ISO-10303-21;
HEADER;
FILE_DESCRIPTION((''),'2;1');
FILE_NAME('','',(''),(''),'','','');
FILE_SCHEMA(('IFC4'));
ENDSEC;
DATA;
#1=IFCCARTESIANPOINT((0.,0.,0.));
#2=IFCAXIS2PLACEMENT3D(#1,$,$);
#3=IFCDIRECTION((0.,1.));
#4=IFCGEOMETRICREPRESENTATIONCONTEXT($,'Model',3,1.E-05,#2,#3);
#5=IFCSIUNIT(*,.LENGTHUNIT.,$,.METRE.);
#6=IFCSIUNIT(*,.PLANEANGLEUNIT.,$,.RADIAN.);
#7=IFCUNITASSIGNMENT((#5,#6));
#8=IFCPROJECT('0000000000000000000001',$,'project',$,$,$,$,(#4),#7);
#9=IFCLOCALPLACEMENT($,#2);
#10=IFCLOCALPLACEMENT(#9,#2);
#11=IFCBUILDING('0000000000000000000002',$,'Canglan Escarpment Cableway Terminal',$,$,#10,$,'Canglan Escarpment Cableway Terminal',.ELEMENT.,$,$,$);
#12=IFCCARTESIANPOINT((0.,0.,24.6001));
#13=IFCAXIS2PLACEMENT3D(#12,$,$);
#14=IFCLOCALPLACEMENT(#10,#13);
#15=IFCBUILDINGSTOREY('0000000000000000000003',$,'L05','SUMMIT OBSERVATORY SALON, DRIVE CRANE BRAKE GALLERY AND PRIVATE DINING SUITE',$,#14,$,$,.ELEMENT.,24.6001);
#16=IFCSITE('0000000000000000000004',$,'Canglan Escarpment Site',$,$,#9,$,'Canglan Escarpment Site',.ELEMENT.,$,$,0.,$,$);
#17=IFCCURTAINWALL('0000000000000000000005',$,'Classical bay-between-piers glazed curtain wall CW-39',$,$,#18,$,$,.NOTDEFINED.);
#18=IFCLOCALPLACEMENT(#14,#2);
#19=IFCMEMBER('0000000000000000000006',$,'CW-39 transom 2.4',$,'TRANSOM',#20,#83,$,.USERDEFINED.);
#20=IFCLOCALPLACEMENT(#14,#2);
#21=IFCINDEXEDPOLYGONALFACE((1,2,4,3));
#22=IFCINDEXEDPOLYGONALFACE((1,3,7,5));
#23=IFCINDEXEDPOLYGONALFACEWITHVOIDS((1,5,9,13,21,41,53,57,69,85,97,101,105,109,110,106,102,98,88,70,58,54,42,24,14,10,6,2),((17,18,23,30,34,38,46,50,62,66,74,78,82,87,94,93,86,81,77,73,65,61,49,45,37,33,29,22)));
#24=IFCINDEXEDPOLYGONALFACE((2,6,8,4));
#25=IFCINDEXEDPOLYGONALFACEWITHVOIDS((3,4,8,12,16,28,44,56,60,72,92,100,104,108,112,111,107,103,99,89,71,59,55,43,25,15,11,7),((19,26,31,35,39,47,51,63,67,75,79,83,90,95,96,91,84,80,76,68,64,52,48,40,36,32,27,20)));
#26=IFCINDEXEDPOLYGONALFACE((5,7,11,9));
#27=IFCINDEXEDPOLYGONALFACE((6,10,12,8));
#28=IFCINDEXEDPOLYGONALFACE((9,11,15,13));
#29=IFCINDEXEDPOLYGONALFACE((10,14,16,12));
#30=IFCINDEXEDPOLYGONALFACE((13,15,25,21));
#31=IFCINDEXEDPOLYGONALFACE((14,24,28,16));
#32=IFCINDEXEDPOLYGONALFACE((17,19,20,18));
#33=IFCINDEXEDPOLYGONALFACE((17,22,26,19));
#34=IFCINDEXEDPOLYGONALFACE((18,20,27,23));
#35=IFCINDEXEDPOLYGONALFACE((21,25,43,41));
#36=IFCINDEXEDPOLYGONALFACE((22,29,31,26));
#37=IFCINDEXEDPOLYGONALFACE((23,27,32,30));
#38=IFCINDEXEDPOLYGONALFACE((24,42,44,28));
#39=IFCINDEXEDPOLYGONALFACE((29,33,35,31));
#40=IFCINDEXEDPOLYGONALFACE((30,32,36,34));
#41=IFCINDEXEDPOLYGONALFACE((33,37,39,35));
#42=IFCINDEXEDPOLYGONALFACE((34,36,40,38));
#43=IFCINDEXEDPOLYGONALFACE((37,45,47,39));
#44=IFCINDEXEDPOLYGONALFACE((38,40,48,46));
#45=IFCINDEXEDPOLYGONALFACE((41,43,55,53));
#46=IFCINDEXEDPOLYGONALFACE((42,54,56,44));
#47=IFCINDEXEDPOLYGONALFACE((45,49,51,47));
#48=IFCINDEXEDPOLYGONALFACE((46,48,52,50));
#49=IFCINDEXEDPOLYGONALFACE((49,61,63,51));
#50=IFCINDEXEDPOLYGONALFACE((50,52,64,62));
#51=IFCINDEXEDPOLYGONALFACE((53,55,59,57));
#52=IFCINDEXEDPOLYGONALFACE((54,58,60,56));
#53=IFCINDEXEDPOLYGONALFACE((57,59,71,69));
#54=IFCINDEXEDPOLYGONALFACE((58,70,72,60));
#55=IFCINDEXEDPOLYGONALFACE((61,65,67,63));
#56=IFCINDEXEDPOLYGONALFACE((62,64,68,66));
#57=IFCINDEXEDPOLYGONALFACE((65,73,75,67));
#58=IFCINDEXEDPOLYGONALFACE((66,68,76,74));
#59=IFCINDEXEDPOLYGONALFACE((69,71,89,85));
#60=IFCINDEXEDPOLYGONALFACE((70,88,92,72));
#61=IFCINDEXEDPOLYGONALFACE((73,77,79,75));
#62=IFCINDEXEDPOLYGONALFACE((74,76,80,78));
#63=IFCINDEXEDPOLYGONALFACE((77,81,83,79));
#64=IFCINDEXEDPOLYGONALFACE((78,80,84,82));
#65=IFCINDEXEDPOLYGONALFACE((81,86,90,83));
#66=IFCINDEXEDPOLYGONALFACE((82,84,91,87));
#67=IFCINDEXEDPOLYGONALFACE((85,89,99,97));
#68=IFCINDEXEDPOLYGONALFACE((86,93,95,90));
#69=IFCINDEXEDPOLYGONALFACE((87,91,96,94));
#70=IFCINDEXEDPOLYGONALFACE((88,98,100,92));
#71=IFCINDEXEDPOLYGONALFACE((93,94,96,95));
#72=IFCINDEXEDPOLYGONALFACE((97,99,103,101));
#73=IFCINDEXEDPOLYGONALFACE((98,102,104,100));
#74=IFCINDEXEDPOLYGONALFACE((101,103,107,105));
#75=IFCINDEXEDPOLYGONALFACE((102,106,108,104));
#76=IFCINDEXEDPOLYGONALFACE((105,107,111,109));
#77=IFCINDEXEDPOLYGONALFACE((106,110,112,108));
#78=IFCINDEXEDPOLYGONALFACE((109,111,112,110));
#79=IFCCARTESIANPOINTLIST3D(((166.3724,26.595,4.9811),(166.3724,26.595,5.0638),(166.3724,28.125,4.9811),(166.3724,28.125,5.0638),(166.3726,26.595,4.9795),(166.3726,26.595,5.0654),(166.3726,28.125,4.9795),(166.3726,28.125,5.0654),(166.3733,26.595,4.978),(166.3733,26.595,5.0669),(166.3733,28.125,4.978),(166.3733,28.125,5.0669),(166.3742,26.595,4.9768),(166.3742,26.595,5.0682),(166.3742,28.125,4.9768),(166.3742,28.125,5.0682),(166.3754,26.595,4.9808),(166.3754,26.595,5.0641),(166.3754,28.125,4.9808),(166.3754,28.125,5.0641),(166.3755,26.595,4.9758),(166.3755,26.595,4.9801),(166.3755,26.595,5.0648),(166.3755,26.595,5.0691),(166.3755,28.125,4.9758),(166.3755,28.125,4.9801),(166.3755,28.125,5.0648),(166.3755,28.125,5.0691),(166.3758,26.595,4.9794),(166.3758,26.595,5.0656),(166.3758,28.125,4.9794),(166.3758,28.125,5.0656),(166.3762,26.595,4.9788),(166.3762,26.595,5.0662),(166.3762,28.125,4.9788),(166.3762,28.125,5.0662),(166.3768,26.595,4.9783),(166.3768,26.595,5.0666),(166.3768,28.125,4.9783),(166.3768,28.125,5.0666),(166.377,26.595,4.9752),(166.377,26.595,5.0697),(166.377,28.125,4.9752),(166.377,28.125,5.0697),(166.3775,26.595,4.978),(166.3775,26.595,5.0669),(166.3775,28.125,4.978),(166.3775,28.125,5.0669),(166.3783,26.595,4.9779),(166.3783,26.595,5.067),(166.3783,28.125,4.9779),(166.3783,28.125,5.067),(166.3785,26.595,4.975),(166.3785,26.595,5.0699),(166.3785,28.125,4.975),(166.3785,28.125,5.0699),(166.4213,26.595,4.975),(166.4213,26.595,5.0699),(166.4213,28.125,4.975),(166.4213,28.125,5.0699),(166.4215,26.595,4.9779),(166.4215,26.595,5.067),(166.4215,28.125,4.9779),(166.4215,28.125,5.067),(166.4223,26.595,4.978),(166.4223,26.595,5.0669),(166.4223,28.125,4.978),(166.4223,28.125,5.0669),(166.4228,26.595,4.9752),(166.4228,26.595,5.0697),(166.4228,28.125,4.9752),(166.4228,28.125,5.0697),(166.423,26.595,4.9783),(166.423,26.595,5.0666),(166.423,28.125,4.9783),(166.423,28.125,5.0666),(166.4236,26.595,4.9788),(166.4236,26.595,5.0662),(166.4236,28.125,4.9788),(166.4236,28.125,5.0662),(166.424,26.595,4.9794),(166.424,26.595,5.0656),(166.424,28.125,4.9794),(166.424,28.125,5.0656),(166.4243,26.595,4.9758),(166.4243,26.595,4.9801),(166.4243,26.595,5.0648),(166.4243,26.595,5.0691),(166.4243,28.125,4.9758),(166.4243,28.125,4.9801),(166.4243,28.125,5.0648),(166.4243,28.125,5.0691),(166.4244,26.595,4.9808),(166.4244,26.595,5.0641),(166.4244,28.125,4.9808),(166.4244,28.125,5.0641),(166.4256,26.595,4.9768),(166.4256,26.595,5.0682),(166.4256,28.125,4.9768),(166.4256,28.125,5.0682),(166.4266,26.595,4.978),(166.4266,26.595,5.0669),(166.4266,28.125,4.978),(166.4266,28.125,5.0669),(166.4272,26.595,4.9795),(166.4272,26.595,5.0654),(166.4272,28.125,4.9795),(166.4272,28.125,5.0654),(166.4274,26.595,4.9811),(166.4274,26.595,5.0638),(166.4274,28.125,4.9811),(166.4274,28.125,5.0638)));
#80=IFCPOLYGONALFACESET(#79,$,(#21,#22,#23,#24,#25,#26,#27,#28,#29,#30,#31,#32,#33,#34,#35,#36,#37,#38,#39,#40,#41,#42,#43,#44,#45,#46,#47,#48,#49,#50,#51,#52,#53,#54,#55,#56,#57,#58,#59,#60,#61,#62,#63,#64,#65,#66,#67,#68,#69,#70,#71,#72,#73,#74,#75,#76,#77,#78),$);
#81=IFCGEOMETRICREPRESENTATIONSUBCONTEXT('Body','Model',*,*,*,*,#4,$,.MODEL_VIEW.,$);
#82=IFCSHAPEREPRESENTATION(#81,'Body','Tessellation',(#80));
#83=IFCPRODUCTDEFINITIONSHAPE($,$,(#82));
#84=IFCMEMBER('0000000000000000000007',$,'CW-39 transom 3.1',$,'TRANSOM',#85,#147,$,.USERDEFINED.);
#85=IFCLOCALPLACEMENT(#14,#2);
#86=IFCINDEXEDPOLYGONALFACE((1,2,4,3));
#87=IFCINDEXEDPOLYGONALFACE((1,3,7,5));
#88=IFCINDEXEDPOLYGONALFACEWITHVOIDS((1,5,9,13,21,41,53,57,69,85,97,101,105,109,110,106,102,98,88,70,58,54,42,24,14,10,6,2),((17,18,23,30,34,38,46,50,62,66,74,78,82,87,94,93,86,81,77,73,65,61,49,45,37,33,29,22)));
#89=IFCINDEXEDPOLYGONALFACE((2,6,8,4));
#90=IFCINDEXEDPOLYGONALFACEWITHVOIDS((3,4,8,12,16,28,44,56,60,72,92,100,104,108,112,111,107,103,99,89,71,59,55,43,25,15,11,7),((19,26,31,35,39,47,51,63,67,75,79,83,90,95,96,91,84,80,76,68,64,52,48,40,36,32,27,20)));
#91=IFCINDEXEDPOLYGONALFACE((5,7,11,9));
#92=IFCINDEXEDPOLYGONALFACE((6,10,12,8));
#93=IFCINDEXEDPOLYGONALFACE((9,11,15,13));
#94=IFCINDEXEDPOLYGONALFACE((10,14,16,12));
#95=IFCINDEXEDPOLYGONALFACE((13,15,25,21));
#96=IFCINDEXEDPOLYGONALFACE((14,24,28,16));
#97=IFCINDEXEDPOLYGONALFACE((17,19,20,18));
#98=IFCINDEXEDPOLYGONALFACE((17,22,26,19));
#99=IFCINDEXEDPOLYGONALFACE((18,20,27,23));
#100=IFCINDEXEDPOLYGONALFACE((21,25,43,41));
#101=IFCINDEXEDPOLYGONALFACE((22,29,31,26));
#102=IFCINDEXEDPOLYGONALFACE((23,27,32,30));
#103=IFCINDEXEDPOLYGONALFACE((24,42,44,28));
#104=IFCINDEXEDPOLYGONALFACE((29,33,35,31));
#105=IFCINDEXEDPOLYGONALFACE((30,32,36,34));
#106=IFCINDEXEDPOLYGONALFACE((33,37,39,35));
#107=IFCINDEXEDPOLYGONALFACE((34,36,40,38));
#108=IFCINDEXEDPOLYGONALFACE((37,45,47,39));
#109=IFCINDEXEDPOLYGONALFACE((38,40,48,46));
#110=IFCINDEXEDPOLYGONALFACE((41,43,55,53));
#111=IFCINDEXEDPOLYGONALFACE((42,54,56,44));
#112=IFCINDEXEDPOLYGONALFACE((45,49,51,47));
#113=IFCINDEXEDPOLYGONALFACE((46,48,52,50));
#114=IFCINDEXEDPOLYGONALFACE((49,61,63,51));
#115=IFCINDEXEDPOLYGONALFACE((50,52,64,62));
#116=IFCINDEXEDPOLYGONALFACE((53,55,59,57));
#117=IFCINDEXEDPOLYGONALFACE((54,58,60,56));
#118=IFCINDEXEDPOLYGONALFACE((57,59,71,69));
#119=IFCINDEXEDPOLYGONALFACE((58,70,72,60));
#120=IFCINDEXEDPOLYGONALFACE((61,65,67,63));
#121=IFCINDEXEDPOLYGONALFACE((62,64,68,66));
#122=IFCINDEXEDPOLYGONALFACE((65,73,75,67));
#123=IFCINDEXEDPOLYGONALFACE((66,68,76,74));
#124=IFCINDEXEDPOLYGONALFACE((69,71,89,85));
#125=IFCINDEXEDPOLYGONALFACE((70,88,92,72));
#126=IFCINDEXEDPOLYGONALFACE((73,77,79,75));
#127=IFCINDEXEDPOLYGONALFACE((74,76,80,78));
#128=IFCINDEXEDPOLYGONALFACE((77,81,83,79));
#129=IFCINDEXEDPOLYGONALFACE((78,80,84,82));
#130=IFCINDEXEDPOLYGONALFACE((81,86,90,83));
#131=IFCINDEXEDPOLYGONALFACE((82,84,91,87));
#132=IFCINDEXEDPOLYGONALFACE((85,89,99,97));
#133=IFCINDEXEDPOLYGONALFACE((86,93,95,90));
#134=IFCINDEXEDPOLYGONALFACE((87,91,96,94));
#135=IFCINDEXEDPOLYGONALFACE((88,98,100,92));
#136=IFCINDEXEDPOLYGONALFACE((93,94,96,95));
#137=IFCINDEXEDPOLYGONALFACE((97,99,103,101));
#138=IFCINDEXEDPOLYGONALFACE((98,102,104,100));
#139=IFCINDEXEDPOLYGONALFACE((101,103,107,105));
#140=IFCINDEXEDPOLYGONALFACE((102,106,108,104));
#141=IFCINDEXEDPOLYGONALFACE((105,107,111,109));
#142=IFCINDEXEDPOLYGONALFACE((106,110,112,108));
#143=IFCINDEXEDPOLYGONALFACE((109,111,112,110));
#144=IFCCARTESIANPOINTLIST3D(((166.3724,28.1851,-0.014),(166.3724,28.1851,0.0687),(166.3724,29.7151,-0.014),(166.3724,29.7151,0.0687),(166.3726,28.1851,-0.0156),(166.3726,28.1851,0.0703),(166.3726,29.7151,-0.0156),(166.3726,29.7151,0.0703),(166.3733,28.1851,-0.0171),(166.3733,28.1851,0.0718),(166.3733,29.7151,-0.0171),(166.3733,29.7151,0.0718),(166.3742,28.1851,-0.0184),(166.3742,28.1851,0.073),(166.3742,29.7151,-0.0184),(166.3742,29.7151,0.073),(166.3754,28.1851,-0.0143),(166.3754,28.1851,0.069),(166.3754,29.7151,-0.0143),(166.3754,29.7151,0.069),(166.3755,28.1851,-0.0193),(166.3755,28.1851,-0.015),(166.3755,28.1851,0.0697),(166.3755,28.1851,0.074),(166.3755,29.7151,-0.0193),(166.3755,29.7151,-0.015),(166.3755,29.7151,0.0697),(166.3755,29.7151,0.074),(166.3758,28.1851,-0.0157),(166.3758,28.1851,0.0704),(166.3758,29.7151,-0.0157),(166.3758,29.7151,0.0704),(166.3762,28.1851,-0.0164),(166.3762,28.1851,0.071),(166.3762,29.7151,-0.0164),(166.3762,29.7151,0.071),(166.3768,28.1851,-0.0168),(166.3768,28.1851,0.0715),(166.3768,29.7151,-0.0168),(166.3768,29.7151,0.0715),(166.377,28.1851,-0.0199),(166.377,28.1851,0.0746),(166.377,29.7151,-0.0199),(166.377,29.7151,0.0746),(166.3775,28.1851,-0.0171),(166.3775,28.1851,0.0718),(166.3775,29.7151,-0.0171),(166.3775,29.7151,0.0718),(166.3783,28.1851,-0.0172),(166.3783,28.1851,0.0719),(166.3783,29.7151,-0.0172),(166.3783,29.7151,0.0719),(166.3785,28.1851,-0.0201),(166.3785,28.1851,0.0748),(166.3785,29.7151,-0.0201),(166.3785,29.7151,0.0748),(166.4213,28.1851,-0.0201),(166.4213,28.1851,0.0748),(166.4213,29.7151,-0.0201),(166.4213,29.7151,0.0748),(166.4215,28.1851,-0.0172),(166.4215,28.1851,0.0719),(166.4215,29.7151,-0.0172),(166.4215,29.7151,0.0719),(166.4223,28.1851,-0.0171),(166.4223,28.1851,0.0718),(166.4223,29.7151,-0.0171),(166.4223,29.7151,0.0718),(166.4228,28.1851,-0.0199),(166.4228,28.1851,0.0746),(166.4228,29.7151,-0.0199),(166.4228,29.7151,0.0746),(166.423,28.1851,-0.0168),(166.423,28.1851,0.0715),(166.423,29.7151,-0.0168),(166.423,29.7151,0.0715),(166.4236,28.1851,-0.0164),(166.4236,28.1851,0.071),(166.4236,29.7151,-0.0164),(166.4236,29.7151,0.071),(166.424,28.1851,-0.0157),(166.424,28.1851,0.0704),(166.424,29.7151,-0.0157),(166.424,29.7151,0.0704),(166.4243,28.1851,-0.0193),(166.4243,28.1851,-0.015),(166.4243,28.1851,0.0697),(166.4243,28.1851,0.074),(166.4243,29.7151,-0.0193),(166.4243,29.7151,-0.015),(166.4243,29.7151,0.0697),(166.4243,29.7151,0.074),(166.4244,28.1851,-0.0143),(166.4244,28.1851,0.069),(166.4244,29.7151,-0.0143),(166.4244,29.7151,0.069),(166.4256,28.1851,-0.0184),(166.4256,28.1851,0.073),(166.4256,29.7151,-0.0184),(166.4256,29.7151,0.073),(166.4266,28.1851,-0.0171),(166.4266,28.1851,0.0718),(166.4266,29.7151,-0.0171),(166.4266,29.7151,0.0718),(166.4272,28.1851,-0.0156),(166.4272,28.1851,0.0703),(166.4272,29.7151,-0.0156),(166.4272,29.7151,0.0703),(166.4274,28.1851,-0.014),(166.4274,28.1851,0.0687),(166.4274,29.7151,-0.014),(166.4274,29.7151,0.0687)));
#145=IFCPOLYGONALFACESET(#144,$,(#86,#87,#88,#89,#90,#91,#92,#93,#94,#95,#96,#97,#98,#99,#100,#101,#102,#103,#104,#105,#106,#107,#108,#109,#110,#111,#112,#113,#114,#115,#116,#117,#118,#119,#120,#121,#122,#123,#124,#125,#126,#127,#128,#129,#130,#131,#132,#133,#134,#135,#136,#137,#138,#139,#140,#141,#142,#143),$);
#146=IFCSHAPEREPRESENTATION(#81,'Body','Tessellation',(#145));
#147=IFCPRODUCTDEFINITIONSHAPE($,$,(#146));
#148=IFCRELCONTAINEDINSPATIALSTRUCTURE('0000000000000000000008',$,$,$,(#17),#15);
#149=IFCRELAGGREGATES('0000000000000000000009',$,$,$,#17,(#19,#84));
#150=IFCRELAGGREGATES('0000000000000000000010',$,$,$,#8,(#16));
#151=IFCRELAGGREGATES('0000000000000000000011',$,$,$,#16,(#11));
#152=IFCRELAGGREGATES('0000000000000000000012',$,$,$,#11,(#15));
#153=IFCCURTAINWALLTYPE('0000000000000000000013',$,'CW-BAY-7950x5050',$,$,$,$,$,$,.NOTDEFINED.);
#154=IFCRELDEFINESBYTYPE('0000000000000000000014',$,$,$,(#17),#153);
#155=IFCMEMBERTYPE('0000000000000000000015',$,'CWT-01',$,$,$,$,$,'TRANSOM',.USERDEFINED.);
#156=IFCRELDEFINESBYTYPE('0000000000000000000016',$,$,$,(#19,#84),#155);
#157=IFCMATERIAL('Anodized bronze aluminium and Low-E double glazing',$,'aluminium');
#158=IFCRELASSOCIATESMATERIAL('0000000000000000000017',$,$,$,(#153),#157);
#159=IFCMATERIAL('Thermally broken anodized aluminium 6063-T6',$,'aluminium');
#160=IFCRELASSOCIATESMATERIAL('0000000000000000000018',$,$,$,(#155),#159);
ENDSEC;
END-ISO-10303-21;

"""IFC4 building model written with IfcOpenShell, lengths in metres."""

from ifc_helpers import new_model, si_unit, direction, frame, origin, origin_2d, place, context, subcontext, project, spatial, hollow_rectangle, extrude, material, material_profile, profile_set, type_object, element, aggregate, save


model = new_model("IFC4")

# Units and contexts
model_context = context("Model", 3, precision=1e-05, world=origin(), true_north=direction((0.0, 1.0)))
body_context = subcontext(model_context, "Body", "Model", "MODEL_VIEW")
ifc_project = project(units=[si_unit("LENGTHUNIT", "METRE"), si_unit("PLANEANGLEUNIT", "RADIAN")], contexts=[model_context])

# Site, building, storey
site_placement = place(None, origin())
site = spatial("IfcSite", under=ifc_project, at=site_placement, Name="Canglan Escarpment Site", LongName="Canglan Escarpment Site", CompositionType="ELEMENT", RefElevation=0.0)
building_placement = place(site_placement, origin())
building = spatial("IfcBuilding", under=site, at=building_placement, Name="Canglan Escarpment Cableway Terminal", LongName="Canglan Escarpment Cableway Terminal", CompositionType="ELEMENT")
storey_placement = place(building_placement, frame((0.0, 0.0, 24.6001)))
storey = spatial("IfcBuildingStorey", under=building, at=storey_placement, Name="L05", Description="SUMMIT OBSERVATORY SALON, DRIVE CRANE BRAKE GALLERY AND PRIVATE DINING SUITE", CompositionType="ELEMENT", Elevation=24.6001)

# Curtain wall, members
ifc_material_1 = material(Name="Anodized bronze aluminium and Low-E double glazing", Category="aluminium")
curtain_wall_type = type_object("IfcCurtainWallType", Name="CW-BAY-7950x5050", PredefinedType="NOTDEFINED", material=ifc_material_1)
curtain_wall_placement = place(storey_placement, origin())
curtain_wall = element("IfcCurtainWall", 1, at=curtain_wall_placement, inside=storey, type_object=curtain_wall_type, Name="Classical bay-between-piers glazed curtain wall CW-39", PredefinedType="NOTDEFINED")
ifc_material_2 = material(Name="Thermally broken anodized aluminium 6063-T6", Category="aluminium")
ifc_material_profile_1 = material_profile(ifc_material_2, hollow_rectangle(XDim=0.0549, YDim=0.095, WallThickness=0.0029, InnerFilletRadius=0.0029, OuterFilletRadius=0.0061, at=origin_2d()), Name="ALU-TRAN 55x95x3")
ifc_profile_set_1 = profile_set([ifc_material_profile_1], Name="Thermally broken anodized aluminium 6063-T6")
member_type_1 = type_object("IfcMemberType", Name="CWT-01", ElementType="TRANSOM", PredefinedType="USERDEFINED", material=ifc_profile_set_1)
member_1_placement = place(storey_placement, frame((166.3999, 26.595, 5.0225), z_axis=(0.0, 1.0, 0.0), x_axis=(-1.0, 0.0, 0.0)))
member_1 = element("IfcMember", 2, at=member_1_placement, type_object=member_type_1, Name="CW-39 transom 2.4", ObjectType="TRANSOM", PredefinedType="USERDEFINED", context=body_context, shape_type="SweptSolid", body=[
    extrude(hollow_rectangle(XDim=0.0549, YDim=0.095, WallThickness=0.0029, InnerFilletRadius=0.0029, OuterFilletRadius=0.0061, at=origin_2d()), origin(), (0.0, 0.0, 1.0), 1.53),
])
member_2_placement = place(storey_placement, frame((166.3999, 28.1851, 0.0273), z_axis=(0.0, 1.0, 0.0), x_axis=(-1.0, 0.0, 0.0)))
member_2 = element("IfcMember", 3, at=member_2_placement, type_object=member_type_1, Name="CW-39 transom 3.1", ObjectType="TRANSOM", PredefinedType="USERDEFINED", context=body_context, shape_type="SweptSolid", body=[
    extrude(hollow_rectangle(XDim=0.0549, YDim=0.095, WallThickness=0.0029, InnerFilletRadius=0.0029, OuterFilletRadius=0.0061, at=origin_2d()), origin(), (0.0, 0.0, 1.0), 1.53),
])
aggregate(curtain_wall, [member_1, member_2])

save(model, "model.ifc")
